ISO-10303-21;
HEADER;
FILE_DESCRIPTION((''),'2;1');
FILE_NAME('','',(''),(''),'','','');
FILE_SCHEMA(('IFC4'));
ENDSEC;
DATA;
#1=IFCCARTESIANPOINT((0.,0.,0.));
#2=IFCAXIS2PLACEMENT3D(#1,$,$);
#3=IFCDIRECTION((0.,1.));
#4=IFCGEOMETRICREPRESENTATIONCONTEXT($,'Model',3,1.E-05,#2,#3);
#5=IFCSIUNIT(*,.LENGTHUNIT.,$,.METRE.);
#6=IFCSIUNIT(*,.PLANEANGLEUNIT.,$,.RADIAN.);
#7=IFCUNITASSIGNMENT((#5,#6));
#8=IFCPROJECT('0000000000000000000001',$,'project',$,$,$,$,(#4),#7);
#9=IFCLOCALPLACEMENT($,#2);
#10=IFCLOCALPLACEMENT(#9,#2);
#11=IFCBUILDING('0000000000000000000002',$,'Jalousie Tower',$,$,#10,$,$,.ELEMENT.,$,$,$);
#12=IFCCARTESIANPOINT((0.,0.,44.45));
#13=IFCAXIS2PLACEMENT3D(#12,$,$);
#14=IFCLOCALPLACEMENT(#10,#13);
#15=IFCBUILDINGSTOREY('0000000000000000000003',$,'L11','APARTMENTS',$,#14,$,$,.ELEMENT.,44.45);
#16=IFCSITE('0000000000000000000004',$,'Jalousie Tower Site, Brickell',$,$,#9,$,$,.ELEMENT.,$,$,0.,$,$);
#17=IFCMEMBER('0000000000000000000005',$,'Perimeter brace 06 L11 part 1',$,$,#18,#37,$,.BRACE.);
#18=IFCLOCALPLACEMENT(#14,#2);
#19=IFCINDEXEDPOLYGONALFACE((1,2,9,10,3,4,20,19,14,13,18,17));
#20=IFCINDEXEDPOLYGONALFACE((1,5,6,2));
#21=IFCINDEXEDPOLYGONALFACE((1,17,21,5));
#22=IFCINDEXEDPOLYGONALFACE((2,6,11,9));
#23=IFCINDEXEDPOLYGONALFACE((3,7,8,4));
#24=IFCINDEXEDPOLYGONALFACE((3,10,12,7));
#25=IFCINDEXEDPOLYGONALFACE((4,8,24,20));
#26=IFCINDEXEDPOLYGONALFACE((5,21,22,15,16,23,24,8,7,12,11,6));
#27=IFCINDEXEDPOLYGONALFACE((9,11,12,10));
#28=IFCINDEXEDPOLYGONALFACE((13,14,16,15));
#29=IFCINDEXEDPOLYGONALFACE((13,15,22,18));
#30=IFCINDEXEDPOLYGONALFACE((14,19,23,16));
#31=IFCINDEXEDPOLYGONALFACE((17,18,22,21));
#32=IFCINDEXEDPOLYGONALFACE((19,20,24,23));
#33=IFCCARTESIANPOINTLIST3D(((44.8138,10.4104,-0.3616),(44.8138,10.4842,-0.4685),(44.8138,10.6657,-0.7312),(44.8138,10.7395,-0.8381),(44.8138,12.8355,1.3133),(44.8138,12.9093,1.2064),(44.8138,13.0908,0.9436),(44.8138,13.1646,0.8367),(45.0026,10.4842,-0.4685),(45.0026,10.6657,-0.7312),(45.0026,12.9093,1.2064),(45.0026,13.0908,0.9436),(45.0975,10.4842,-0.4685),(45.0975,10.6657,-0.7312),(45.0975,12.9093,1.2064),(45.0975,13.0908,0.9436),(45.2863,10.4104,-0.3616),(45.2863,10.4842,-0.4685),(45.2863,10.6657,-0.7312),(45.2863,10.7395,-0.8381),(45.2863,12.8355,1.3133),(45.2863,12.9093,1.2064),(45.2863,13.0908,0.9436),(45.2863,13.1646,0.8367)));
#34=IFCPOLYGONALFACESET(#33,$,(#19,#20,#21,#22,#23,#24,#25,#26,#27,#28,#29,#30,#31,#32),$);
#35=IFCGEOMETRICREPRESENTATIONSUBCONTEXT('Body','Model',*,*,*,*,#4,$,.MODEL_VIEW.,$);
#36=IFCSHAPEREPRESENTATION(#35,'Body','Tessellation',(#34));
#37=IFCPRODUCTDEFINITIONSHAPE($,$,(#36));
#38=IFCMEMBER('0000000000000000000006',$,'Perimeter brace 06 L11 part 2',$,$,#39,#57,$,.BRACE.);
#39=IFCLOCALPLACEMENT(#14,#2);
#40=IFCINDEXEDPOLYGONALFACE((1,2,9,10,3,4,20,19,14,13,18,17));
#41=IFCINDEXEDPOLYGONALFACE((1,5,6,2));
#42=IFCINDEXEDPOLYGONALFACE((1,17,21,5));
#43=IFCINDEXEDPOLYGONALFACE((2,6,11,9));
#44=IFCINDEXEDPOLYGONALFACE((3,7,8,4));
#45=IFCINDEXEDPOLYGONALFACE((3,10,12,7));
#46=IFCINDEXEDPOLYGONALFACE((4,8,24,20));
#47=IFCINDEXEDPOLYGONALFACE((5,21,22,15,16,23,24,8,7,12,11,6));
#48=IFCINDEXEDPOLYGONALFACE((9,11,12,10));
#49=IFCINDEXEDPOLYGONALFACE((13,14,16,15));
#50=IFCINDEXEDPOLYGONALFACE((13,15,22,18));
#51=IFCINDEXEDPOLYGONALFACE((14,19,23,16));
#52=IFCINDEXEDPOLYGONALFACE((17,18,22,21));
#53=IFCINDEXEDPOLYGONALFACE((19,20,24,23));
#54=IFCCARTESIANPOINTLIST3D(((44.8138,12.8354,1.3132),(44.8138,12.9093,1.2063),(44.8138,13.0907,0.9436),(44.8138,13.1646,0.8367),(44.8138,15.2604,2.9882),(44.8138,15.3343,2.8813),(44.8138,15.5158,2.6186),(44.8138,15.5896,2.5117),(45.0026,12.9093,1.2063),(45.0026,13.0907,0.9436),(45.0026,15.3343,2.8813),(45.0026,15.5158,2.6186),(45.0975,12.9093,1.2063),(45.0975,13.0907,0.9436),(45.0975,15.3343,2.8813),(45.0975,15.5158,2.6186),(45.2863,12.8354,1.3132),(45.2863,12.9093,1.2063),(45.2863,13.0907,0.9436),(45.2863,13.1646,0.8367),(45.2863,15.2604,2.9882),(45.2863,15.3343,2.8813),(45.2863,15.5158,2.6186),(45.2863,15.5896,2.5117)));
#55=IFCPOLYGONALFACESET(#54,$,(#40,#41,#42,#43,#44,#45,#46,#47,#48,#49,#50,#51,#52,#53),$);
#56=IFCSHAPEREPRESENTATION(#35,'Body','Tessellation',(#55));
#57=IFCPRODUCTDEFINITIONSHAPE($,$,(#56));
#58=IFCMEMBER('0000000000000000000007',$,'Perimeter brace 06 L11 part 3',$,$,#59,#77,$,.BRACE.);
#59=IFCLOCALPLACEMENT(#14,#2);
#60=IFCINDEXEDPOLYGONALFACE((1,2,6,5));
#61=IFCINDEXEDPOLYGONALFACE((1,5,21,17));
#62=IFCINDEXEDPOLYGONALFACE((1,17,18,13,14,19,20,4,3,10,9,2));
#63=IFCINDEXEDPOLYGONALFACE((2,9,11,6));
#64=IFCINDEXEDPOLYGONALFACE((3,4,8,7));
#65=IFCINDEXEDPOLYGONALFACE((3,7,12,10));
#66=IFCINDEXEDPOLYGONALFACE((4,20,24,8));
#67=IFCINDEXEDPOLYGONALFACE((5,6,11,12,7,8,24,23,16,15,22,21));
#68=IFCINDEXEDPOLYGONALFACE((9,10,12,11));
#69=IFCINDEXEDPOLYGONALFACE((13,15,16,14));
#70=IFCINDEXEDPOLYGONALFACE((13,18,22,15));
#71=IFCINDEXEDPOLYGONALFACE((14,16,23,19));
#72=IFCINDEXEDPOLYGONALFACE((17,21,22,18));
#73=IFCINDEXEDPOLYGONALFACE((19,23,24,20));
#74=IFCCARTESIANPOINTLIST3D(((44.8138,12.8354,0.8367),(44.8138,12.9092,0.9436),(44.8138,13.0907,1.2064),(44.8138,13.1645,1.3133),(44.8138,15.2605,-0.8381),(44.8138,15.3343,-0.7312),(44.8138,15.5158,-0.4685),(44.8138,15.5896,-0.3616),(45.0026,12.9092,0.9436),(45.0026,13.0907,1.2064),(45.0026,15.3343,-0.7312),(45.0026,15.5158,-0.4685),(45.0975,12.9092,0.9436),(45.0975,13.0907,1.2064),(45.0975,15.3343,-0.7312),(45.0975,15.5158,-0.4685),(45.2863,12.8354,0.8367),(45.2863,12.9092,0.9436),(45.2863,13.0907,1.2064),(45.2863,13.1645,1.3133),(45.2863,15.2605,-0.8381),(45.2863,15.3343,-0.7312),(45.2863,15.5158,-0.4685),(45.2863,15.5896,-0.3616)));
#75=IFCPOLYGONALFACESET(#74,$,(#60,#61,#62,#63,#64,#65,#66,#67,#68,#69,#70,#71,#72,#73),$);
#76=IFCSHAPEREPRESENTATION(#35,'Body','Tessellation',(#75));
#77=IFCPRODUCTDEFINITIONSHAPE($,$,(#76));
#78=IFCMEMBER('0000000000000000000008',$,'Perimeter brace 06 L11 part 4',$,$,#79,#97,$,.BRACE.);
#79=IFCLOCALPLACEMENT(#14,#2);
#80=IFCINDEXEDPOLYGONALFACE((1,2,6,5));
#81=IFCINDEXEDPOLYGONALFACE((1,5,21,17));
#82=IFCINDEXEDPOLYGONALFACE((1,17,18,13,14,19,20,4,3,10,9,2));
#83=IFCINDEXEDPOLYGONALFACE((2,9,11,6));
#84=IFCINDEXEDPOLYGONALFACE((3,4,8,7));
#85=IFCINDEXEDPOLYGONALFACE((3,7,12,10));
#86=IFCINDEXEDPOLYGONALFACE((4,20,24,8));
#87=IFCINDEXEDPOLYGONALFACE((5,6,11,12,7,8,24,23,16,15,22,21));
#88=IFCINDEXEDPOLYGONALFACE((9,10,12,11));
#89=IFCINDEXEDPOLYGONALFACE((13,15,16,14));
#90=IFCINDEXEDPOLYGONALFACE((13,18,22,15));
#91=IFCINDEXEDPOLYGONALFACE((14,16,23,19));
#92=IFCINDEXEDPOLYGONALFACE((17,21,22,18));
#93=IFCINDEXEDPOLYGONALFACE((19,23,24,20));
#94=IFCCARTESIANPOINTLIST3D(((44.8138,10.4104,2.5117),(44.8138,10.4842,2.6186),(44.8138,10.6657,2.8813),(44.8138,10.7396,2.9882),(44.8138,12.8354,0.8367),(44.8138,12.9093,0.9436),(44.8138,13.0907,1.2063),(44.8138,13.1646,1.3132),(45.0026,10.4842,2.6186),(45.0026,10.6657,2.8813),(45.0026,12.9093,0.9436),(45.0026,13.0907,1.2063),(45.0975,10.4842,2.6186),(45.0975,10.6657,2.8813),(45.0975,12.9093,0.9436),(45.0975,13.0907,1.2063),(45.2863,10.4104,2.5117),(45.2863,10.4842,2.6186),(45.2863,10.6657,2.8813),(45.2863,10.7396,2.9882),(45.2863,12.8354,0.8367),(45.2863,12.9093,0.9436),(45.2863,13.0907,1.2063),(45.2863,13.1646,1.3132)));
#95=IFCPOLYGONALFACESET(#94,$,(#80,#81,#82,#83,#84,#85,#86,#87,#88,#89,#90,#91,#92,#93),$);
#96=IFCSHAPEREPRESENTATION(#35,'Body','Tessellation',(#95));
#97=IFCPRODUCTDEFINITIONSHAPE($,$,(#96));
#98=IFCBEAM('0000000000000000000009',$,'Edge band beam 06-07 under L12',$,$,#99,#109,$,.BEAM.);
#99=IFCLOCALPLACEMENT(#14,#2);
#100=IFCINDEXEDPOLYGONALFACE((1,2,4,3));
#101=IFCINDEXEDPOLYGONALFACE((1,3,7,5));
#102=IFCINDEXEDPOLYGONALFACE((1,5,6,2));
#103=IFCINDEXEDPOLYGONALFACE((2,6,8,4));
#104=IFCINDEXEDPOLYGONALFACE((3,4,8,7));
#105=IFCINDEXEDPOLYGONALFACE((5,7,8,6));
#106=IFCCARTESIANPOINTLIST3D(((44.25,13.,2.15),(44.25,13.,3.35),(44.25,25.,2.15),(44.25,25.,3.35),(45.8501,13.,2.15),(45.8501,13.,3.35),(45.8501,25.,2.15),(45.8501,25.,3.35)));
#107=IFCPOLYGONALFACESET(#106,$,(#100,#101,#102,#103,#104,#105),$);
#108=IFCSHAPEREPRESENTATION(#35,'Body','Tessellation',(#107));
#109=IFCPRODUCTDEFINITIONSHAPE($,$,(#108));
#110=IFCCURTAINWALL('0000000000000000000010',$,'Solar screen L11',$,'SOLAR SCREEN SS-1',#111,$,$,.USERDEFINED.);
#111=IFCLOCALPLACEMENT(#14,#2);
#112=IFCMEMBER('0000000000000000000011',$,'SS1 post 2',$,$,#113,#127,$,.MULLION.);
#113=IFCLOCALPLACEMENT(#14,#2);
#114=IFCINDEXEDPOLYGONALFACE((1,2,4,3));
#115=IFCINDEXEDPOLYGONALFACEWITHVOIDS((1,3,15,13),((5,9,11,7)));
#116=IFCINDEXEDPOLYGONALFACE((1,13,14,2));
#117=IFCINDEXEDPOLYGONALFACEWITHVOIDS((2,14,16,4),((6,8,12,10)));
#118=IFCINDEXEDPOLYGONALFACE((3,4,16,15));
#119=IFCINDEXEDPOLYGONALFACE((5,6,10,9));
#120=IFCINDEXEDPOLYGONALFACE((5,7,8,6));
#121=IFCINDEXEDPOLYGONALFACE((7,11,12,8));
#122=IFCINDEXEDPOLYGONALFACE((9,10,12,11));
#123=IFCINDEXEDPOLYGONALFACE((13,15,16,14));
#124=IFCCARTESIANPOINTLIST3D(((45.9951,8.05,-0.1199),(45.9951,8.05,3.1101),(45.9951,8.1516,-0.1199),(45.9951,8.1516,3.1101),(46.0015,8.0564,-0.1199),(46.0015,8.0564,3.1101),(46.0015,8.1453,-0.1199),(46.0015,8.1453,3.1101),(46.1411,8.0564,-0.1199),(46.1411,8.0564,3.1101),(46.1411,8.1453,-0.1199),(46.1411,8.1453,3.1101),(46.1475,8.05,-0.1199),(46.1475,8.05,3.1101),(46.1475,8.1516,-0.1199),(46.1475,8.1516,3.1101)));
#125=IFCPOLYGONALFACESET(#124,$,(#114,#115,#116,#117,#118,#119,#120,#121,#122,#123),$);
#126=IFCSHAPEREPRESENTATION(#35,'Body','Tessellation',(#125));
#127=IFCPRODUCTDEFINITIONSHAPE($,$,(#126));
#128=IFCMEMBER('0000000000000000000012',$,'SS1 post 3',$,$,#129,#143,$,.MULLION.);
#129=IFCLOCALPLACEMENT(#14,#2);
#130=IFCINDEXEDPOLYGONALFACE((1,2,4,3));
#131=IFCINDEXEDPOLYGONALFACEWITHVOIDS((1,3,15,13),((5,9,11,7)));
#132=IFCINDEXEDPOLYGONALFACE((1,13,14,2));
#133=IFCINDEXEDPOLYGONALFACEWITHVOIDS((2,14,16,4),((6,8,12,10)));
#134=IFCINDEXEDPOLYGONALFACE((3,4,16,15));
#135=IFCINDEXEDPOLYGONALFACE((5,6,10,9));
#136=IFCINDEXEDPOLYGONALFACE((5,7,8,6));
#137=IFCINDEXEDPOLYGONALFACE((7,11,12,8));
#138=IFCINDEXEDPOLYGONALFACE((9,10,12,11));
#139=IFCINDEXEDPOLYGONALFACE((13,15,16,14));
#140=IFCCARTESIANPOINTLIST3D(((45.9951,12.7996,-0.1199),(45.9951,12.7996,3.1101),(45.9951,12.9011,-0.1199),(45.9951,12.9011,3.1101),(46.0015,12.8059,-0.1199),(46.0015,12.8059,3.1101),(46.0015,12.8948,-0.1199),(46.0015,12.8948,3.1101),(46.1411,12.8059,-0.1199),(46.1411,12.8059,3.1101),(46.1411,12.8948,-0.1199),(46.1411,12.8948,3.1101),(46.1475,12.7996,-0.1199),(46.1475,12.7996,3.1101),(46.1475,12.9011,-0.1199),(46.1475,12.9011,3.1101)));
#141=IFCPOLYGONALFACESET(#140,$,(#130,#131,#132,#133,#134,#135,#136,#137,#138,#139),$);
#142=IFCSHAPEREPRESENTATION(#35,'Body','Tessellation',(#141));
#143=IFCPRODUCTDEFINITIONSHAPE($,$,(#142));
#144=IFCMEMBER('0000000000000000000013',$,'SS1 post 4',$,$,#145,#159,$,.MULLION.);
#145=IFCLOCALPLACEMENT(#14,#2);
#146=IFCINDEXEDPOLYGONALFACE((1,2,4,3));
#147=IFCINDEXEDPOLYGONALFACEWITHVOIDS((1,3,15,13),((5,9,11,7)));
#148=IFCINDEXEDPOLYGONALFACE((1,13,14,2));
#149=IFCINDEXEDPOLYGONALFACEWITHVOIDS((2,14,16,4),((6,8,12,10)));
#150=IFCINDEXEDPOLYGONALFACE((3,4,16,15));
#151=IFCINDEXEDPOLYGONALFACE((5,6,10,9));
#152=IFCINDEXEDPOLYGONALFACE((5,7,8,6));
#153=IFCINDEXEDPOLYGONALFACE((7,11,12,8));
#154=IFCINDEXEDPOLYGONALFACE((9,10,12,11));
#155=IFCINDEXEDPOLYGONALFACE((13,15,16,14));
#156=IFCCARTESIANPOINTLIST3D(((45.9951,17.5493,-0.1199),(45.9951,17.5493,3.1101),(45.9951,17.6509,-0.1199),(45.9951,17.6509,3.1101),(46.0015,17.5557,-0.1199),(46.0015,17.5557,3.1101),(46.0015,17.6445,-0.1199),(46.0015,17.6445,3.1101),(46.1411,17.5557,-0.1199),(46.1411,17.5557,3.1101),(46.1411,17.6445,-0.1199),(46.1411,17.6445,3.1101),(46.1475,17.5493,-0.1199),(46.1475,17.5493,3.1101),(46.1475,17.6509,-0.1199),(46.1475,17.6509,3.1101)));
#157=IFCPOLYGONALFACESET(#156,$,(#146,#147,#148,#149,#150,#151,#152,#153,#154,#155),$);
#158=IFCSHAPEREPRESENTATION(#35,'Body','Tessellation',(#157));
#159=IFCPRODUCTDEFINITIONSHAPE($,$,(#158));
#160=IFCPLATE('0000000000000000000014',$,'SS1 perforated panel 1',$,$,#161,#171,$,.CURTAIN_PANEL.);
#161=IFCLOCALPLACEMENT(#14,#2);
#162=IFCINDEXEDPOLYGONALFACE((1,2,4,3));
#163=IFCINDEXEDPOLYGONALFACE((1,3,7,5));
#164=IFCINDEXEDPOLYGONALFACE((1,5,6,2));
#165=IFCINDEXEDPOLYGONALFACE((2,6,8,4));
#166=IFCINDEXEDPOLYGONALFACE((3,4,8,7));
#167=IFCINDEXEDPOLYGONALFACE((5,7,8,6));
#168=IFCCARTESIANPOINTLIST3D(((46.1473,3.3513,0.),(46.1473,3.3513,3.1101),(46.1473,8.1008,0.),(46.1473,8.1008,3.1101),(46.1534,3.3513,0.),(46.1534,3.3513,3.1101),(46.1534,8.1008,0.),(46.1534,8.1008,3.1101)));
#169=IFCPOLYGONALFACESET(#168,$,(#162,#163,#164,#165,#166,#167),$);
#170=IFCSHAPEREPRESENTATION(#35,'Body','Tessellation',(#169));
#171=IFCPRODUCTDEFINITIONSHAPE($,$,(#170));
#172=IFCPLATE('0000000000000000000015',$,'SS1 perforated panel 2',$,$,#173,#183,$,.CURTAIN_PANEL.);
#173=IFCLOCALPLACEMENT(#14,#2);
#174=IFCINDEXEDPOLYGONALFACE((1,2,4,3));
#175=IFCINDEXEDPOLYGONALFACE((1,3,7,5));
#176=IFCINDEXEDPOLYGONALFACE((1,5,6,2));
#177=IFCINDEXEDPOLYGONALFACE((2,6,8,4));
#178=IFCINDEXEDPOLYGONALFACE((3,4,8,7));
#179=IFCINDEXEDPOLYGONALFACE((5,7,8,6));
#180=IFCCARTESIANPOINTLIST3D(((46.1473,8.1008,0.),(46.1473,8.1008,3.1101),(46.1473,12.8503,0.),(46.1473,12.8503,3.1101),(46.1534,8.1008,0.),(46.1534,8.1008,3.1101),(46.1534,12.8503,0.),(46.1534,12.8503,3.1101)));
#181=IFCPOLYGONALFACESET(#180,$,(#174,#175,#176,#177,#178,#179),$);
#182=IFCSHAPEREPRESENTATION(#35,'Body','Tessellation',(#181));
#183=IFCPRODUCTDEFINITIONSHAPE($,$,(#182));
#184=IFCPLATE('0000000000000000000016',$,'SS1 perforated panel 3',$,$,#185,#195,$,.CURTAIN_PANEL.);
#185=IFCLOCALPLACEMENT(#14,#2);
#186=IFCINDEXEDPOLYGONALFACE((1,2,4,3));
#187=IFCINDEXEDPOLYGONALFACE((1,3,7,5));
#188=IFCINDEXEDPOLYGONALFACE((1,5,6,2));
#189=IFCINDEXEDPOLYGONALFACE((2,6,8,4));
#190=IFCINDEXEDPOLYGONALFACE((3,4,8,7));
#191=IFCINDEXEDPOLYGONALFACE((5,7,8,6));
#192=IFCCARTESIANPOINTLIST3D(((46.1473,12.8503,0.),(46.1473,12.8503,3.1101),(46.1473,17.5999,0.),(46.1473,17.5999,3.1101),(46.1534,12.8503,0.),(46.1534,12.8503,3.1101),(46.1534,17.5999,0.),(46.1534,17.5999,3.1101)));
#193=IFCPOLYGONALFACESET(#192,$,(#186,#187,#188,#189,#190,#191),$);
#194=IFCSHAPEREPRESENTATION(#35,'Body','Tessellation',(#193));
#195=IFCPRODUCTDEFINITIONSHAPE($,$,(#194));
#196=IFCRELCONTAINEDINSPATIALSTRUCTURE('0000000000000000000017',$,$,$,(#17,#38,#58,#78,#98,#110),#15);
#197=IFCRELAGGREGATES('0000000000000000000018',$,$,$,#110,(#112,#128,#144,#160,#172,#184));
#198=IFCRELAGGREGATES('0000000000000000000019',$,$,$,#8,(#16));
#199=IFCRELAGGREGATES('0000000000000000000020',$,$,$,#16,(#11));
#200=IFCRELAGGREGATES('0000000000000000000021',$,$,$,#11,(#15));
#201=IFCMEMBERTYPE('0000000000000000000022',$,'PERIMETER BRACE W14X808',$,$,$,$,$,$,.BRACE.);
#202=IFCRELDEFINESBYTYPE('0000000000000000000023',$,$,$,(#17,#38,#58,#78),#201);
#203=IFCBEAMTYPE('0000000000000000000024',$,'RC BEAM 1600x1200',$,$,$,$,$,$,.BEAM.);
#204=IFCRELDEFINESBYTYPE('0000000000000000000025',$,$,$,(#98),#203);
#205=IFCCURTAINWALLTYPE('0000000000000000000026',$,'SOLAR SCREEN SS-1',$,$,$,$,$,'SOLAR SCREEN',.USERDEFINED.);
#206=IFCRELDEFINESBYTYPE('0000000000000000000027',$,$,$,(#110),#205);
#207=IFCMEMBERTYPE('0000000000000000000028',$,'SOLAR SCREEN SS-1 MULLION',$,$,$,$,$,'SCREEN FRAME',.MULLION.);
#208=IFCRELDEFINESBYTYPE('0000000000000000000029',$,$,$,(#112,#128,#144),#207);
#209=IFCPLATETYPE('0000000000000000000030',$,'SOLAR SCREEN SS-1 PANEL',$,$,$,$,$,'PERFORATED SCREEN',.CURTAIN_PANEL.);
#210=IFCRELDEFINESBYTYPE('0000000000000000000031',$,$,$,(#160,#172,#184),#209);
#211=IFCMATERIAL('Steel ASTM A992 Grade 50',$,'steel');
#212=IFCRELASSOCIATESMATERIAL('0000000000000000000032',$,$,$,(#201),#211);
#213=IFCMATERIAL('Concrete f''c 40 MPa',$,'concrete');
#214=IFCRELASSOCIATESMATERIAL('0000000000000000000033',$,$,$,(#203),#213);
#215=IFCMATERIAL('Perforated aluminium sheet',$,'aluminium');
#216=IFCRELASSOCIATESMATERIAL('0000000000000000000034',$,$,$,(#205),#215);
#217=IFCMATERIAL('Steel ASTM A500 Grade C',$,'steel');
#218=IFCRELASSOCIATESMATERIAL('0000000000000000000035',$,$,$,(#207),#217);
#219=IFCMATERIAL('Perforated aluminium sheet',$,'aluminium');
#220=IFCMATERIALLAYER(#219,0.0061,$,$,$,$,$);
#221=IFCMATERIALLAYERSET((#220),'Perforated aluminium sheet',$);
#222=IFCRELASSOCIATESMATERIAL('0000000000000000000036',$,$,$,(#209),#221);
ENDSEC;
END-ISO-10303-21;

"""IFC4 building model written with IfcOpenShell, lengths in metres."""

from ifc_helpers import new_model, si_unit, direction, frame, origin, origin_2d, place, context, subcontext, project, spatial, rectangle, hollow_rectangle, i_section, extrude, material, layer, layer_set, material_profile, profile_set, type_object, element, aggregate, save


model = new_model("IFC4")

# Units and contexts
model_context = context("Model", 3, precision=1e-05, world=origin(), true_north=direction((0.0, 1.0)))
body_context = subcontext(model_context, "Body", "Model", "MODEL_VIEW")
ifc_project = project(units=[si_unit("LENGTHUNIT", "METRE"), si_unit("PLANEANGLEUNIT", "RADIAN")], contexts=[model_context])

# Site, building, storey
site_placement = place(None, origin())
site = spatial("IfcSite", under=ifc_project, at=site_placement, Name="Jalousie Tower Site, Brickell", CompositionType="ELEMENT", RefElevation=0.0)
building_placement = place(site_placement, origin())
building = spatial("IfcBuilding", under=site, at=building_placement, Name="Jalousie Tower", CompositionType="ELEMENT")
storey_placement = place(building_placement, frame((0.0, 0.0, 44.45)))
storey = spatial("IfcBuildingStorey", under=building, at=storey_placement, Name="L11", Description="APARTMENTS", CompositionType="ELEMENT", Elevation=44.45)

# Members
ifc_material_1 = material(Name="Steel ASTM A992 Grade 50", Category="steel")
ifc_material_profile_1 = material_profile(ifc_material_1, i_section(OverallWidth=0.4724, OverallDepth=0.5791, WebThickness=0.095, FlangeThickness=0.1299, at=origin_2d()), Name="W14X808")
ifc_profile_set_1 = profile_set([ifc_material_profile_1], Name="Steel ASTM A992 Grade 50")
member_type_1 = type_object("IfcMemberType", Name="PERIMETER BRACE W14X808", PredefinedType="BRACE", material=ifc_profile_set_1)
for number, where, z_axis, x_axis, name in (
    (1, (45.05, 10.575, -0.5999), (0.0, 0.822839, 0.568275), (-1.0, 0.0, 0.0), "Perimeter brace 06 L11 part 1"),
    (2, (45.05, 13.0, 1.075), (0.0, 0.8228, 0.568331), (-1.0, 0.0, 0.0), "Perimeter brace 06 L11 part 2"),
    (3, (45.05, 15.425, -0.5999), (0.0, -0.822839, 0.568275), (1.0, 0.0, 0.0), "Perimeter brace 06 L11 part 3"),
    (4, (45.05, 13.0, 1.075), (0.0, -0.8228, 0.568331), (1.0, 0.0, 0.0), "Perimeter brace 06 L11 part 4"),
):
    element("IfcMember", number, at=place(storey_placement, frame(where, z_axis=z_axis, x_axis=x_axis)), inside=storey, type_object=member_type_1, Name=name, PredefinedType="BRACE", context=body_context, shape_type="SweptSolid", body=[
        extrude(i_section(OverallWidth=0.4724, OverallDepth=0.5791, WebThickness=0.095, FlangeThickness=0.1299, at=origin_2d()), origin(), (0.0, 0.0, 1.0), 2.9473),
    ])

# Beam
ifc_material_2 = material(Name="Concrete f'c 40 MPa", Category="concrete")
ifc_material_profile_2 = material_profile(ifc_material_2, rectangle(XDim=1.6001, YDim=1.2, at=origin_2d()), Name="RC 1600x1200")
ifc_profile_set_2 = profile_set([ifc_material_profile_2], Name="Concrete f'c 40 MPa")
beam_type = type_object("IfcBeamType", Name="RC BEAM 1600x1200", PredefinedType="BEAM", material=ifc_profile_set_2)
beam_placement = place(storey_placement, frame((45.05, 13.0, 2.75), z_axis=(0.0, 1.0, 0.0), x_axis=(-1.0, 0.0, 0.0)))
element("IfcBeam", 5, at=beam_placement, inside=storey, type_object=beam_type, Name="Edge band beam 06-07 under L12", PredefinedType="BEAM", context=body_context, shape_type="SweptSolid", body=[
    extrude(rectangle(XDim=1.6001, YDim=1.2, at=origin_2d()), origin(), (0.0, 0.0, 1.0), 12.0),
])

# Curtain wall, members, plates
ifc_material_3 = material(Name="Perforated aluminium sheet", Category="aluminium")
curtain_wall_type = type_object("IfcCurtainWallType", Name="SOLAR SCREEN SS-1", ElementType="SOLAR SCREEN", PredefinedType="USERDEFINED", material=ifc_material_3)
curtain_wall_placement = place(storey_placement, origin())
curtain_wall = element("IfcCurtainWall", 6, at=curtain_wall_placement, inside=storey, type_object=curtain_wall_type, Name="Solar screen L11", ObjectType="SOLAR SCREEN SS-1", PredefinedType="USERDEFINED")
ifc_material_4 = material(Name="Steel ASTM A500 Grade C", Category="steel")
ifc_material_profile_3 = material_profile(ifc_material_4, hollow_rectangle(XDim=0.1016, YDim=0.1523, WallThickness=0.0063, at=origin_2d()), Name="HSS6X4X1/4")
ifc_profile_set_3 = profile_set([ifc_material_profile_3], Name="Steel ASTM A500 Grade C")
member_type_2 = type_object("IfcMemberType", Name="SOLAR SCREEN SS-1 MULLION", ElementType="SCREEN FRAME", PredefinedType="MULLION", material=ifc_profile_set_3)
member_1_placement = place(storey_placement, frame((46.0713, 8.1008, -0.1199), z_axis=(0.0, 0.0, 1.0), x_axis=(0.0, 1.0, 0.0)))
member_1 = element("IfcMember", 7, at=member_1_placement, type_object=member_type_2, Name="SS1 post 2", PredefinedType="MULLION", context=body_context, shape_type="SweptSolid", body=[
    extrude(hollow_rectangle(XDim=0.1016, YDim=0.1523, WallThickness=0.0063, at=origin_2d()), origin(), (0.0, 0.0, 1.0), 3.23),
])
member_2_placement = place(storey_placement, frame((46.0713, 12.8503, -0.1199), z_axis=(0.0, 0.0, 1.0), x_axis=(0.0, 1.0, 0.0)))
member_2 = element("IfcMember", 8, at=member_2_placement, type_object=member_type_2, Name="SS1 post 3", PredefinedType="MULLION", context=body_context, shape_type="SweptSolid", body=[
    extrude(hollow_rectangle(XDim=0.1016, YDim=0.1523, WallThickness=0.0063, at=origin_2d()), origin(), (0.0, 0.0, 1.0), 3.23),
])
member_3_placement = place(storey_placement, frame((46.0713, 17.6001, -0.1199), z_axis=(0.0, 0.0, 1.0), x_axis=(0.0, 1.0, 0.0)))
member_3 = element("IfcMember", 9, at=member_3_placement, type_object=member_type_2, Name="SS1 post 4", PredefinedType="MULLION", context=body_context, shape_type="SweptSolid", body=[
    extrude(hollow_rectangle(XDim=0.1016, YDim=0.1523, WallThickness=0.0063, at=origin_2d()), origin(), (0.0, 0.0, 1.0), 3.23),
])
ifc_material_5 = material(Name="Perforated aluminium sheet", Category="aluminium")
ifc_layer_1 = layer(ifc_material_5, 0.0061)
ifc_layer_set_1 = layer_set([ifc_layer_1], Name="Perforated aluminium sheet")
plate_type = type_object("IfcPlateType", Name="SOLAR SCREEN SS-1 PANEL", ElementType="PERFORATED SCREEN", PredefinedType="CURTAIN_PANEL", material=ifc_layer_set_1)
plate_1_placement = place(storey_placement, frame((46.1504, 5.7261, 0.0), z_axis=(0.0, 0.0, 1.0), x_axis=(0.0, 1.0, 0.0)))
plate_1 = element("IfcPlate", 10, at=plate_1_placement, type_object=plate_type, Name="SS1 perforated panel 1", PredefinedType="CURTAIN_PANEL", context=body_context, shape_type="SweptSolid", body=[
    extrude(rectangle(XDim=4.7495, YDim=0.0061, at=origin_2d()), origin(), (0.0, 0.0, 1.0), 3.1101),
])
plate_2_placement = place(storey_placement, frame((46.1504, 10.4756, 0.0), z_axis=(0.0, 0.0, 1.0), x_axis=(0.0, 1.0, 0.0)))
plate_2 = element("IfcPlate", 11, at=plate_2_placement, type_object=plate_type, Name="SS1 perforated panel 2", PredefinedType="CURTAIN_PANEL", context=body_context, shape_type="SweptSolid", body=[
    extrude(rectangle(XDim=4.7495, YDim=0.0061, at=origin_2d()), origin(), (0.0, 0.0, 1.0), 3.1101),
])
plate_3_placement = place(storey_placement, frame((46.1504, 15.2251, 0.0), z_axis=(0.0, 0.0, 1.0), x_axis=(0.0, 1.0, 0.0)))
plate_3 = element("IfcPlate", 12, at=plate_3_placement, type_object=plate_type, Name="SS1 perforated panel 3", PredefinedType="CURTAIN_PANEL", context=body_context, shape_type="SweptSolid", body=[
    extrude(rectangle(XDim=4.7495, YDim=0.0061, at=origin_2d()), origin(), (0.0, 0.0, 1.0), 3.1101),
])
aggregate(curtain_wall, [member_1, member_2, member_3, plate_1, plate_2, plate_3])

save(model, "model.ifc")
